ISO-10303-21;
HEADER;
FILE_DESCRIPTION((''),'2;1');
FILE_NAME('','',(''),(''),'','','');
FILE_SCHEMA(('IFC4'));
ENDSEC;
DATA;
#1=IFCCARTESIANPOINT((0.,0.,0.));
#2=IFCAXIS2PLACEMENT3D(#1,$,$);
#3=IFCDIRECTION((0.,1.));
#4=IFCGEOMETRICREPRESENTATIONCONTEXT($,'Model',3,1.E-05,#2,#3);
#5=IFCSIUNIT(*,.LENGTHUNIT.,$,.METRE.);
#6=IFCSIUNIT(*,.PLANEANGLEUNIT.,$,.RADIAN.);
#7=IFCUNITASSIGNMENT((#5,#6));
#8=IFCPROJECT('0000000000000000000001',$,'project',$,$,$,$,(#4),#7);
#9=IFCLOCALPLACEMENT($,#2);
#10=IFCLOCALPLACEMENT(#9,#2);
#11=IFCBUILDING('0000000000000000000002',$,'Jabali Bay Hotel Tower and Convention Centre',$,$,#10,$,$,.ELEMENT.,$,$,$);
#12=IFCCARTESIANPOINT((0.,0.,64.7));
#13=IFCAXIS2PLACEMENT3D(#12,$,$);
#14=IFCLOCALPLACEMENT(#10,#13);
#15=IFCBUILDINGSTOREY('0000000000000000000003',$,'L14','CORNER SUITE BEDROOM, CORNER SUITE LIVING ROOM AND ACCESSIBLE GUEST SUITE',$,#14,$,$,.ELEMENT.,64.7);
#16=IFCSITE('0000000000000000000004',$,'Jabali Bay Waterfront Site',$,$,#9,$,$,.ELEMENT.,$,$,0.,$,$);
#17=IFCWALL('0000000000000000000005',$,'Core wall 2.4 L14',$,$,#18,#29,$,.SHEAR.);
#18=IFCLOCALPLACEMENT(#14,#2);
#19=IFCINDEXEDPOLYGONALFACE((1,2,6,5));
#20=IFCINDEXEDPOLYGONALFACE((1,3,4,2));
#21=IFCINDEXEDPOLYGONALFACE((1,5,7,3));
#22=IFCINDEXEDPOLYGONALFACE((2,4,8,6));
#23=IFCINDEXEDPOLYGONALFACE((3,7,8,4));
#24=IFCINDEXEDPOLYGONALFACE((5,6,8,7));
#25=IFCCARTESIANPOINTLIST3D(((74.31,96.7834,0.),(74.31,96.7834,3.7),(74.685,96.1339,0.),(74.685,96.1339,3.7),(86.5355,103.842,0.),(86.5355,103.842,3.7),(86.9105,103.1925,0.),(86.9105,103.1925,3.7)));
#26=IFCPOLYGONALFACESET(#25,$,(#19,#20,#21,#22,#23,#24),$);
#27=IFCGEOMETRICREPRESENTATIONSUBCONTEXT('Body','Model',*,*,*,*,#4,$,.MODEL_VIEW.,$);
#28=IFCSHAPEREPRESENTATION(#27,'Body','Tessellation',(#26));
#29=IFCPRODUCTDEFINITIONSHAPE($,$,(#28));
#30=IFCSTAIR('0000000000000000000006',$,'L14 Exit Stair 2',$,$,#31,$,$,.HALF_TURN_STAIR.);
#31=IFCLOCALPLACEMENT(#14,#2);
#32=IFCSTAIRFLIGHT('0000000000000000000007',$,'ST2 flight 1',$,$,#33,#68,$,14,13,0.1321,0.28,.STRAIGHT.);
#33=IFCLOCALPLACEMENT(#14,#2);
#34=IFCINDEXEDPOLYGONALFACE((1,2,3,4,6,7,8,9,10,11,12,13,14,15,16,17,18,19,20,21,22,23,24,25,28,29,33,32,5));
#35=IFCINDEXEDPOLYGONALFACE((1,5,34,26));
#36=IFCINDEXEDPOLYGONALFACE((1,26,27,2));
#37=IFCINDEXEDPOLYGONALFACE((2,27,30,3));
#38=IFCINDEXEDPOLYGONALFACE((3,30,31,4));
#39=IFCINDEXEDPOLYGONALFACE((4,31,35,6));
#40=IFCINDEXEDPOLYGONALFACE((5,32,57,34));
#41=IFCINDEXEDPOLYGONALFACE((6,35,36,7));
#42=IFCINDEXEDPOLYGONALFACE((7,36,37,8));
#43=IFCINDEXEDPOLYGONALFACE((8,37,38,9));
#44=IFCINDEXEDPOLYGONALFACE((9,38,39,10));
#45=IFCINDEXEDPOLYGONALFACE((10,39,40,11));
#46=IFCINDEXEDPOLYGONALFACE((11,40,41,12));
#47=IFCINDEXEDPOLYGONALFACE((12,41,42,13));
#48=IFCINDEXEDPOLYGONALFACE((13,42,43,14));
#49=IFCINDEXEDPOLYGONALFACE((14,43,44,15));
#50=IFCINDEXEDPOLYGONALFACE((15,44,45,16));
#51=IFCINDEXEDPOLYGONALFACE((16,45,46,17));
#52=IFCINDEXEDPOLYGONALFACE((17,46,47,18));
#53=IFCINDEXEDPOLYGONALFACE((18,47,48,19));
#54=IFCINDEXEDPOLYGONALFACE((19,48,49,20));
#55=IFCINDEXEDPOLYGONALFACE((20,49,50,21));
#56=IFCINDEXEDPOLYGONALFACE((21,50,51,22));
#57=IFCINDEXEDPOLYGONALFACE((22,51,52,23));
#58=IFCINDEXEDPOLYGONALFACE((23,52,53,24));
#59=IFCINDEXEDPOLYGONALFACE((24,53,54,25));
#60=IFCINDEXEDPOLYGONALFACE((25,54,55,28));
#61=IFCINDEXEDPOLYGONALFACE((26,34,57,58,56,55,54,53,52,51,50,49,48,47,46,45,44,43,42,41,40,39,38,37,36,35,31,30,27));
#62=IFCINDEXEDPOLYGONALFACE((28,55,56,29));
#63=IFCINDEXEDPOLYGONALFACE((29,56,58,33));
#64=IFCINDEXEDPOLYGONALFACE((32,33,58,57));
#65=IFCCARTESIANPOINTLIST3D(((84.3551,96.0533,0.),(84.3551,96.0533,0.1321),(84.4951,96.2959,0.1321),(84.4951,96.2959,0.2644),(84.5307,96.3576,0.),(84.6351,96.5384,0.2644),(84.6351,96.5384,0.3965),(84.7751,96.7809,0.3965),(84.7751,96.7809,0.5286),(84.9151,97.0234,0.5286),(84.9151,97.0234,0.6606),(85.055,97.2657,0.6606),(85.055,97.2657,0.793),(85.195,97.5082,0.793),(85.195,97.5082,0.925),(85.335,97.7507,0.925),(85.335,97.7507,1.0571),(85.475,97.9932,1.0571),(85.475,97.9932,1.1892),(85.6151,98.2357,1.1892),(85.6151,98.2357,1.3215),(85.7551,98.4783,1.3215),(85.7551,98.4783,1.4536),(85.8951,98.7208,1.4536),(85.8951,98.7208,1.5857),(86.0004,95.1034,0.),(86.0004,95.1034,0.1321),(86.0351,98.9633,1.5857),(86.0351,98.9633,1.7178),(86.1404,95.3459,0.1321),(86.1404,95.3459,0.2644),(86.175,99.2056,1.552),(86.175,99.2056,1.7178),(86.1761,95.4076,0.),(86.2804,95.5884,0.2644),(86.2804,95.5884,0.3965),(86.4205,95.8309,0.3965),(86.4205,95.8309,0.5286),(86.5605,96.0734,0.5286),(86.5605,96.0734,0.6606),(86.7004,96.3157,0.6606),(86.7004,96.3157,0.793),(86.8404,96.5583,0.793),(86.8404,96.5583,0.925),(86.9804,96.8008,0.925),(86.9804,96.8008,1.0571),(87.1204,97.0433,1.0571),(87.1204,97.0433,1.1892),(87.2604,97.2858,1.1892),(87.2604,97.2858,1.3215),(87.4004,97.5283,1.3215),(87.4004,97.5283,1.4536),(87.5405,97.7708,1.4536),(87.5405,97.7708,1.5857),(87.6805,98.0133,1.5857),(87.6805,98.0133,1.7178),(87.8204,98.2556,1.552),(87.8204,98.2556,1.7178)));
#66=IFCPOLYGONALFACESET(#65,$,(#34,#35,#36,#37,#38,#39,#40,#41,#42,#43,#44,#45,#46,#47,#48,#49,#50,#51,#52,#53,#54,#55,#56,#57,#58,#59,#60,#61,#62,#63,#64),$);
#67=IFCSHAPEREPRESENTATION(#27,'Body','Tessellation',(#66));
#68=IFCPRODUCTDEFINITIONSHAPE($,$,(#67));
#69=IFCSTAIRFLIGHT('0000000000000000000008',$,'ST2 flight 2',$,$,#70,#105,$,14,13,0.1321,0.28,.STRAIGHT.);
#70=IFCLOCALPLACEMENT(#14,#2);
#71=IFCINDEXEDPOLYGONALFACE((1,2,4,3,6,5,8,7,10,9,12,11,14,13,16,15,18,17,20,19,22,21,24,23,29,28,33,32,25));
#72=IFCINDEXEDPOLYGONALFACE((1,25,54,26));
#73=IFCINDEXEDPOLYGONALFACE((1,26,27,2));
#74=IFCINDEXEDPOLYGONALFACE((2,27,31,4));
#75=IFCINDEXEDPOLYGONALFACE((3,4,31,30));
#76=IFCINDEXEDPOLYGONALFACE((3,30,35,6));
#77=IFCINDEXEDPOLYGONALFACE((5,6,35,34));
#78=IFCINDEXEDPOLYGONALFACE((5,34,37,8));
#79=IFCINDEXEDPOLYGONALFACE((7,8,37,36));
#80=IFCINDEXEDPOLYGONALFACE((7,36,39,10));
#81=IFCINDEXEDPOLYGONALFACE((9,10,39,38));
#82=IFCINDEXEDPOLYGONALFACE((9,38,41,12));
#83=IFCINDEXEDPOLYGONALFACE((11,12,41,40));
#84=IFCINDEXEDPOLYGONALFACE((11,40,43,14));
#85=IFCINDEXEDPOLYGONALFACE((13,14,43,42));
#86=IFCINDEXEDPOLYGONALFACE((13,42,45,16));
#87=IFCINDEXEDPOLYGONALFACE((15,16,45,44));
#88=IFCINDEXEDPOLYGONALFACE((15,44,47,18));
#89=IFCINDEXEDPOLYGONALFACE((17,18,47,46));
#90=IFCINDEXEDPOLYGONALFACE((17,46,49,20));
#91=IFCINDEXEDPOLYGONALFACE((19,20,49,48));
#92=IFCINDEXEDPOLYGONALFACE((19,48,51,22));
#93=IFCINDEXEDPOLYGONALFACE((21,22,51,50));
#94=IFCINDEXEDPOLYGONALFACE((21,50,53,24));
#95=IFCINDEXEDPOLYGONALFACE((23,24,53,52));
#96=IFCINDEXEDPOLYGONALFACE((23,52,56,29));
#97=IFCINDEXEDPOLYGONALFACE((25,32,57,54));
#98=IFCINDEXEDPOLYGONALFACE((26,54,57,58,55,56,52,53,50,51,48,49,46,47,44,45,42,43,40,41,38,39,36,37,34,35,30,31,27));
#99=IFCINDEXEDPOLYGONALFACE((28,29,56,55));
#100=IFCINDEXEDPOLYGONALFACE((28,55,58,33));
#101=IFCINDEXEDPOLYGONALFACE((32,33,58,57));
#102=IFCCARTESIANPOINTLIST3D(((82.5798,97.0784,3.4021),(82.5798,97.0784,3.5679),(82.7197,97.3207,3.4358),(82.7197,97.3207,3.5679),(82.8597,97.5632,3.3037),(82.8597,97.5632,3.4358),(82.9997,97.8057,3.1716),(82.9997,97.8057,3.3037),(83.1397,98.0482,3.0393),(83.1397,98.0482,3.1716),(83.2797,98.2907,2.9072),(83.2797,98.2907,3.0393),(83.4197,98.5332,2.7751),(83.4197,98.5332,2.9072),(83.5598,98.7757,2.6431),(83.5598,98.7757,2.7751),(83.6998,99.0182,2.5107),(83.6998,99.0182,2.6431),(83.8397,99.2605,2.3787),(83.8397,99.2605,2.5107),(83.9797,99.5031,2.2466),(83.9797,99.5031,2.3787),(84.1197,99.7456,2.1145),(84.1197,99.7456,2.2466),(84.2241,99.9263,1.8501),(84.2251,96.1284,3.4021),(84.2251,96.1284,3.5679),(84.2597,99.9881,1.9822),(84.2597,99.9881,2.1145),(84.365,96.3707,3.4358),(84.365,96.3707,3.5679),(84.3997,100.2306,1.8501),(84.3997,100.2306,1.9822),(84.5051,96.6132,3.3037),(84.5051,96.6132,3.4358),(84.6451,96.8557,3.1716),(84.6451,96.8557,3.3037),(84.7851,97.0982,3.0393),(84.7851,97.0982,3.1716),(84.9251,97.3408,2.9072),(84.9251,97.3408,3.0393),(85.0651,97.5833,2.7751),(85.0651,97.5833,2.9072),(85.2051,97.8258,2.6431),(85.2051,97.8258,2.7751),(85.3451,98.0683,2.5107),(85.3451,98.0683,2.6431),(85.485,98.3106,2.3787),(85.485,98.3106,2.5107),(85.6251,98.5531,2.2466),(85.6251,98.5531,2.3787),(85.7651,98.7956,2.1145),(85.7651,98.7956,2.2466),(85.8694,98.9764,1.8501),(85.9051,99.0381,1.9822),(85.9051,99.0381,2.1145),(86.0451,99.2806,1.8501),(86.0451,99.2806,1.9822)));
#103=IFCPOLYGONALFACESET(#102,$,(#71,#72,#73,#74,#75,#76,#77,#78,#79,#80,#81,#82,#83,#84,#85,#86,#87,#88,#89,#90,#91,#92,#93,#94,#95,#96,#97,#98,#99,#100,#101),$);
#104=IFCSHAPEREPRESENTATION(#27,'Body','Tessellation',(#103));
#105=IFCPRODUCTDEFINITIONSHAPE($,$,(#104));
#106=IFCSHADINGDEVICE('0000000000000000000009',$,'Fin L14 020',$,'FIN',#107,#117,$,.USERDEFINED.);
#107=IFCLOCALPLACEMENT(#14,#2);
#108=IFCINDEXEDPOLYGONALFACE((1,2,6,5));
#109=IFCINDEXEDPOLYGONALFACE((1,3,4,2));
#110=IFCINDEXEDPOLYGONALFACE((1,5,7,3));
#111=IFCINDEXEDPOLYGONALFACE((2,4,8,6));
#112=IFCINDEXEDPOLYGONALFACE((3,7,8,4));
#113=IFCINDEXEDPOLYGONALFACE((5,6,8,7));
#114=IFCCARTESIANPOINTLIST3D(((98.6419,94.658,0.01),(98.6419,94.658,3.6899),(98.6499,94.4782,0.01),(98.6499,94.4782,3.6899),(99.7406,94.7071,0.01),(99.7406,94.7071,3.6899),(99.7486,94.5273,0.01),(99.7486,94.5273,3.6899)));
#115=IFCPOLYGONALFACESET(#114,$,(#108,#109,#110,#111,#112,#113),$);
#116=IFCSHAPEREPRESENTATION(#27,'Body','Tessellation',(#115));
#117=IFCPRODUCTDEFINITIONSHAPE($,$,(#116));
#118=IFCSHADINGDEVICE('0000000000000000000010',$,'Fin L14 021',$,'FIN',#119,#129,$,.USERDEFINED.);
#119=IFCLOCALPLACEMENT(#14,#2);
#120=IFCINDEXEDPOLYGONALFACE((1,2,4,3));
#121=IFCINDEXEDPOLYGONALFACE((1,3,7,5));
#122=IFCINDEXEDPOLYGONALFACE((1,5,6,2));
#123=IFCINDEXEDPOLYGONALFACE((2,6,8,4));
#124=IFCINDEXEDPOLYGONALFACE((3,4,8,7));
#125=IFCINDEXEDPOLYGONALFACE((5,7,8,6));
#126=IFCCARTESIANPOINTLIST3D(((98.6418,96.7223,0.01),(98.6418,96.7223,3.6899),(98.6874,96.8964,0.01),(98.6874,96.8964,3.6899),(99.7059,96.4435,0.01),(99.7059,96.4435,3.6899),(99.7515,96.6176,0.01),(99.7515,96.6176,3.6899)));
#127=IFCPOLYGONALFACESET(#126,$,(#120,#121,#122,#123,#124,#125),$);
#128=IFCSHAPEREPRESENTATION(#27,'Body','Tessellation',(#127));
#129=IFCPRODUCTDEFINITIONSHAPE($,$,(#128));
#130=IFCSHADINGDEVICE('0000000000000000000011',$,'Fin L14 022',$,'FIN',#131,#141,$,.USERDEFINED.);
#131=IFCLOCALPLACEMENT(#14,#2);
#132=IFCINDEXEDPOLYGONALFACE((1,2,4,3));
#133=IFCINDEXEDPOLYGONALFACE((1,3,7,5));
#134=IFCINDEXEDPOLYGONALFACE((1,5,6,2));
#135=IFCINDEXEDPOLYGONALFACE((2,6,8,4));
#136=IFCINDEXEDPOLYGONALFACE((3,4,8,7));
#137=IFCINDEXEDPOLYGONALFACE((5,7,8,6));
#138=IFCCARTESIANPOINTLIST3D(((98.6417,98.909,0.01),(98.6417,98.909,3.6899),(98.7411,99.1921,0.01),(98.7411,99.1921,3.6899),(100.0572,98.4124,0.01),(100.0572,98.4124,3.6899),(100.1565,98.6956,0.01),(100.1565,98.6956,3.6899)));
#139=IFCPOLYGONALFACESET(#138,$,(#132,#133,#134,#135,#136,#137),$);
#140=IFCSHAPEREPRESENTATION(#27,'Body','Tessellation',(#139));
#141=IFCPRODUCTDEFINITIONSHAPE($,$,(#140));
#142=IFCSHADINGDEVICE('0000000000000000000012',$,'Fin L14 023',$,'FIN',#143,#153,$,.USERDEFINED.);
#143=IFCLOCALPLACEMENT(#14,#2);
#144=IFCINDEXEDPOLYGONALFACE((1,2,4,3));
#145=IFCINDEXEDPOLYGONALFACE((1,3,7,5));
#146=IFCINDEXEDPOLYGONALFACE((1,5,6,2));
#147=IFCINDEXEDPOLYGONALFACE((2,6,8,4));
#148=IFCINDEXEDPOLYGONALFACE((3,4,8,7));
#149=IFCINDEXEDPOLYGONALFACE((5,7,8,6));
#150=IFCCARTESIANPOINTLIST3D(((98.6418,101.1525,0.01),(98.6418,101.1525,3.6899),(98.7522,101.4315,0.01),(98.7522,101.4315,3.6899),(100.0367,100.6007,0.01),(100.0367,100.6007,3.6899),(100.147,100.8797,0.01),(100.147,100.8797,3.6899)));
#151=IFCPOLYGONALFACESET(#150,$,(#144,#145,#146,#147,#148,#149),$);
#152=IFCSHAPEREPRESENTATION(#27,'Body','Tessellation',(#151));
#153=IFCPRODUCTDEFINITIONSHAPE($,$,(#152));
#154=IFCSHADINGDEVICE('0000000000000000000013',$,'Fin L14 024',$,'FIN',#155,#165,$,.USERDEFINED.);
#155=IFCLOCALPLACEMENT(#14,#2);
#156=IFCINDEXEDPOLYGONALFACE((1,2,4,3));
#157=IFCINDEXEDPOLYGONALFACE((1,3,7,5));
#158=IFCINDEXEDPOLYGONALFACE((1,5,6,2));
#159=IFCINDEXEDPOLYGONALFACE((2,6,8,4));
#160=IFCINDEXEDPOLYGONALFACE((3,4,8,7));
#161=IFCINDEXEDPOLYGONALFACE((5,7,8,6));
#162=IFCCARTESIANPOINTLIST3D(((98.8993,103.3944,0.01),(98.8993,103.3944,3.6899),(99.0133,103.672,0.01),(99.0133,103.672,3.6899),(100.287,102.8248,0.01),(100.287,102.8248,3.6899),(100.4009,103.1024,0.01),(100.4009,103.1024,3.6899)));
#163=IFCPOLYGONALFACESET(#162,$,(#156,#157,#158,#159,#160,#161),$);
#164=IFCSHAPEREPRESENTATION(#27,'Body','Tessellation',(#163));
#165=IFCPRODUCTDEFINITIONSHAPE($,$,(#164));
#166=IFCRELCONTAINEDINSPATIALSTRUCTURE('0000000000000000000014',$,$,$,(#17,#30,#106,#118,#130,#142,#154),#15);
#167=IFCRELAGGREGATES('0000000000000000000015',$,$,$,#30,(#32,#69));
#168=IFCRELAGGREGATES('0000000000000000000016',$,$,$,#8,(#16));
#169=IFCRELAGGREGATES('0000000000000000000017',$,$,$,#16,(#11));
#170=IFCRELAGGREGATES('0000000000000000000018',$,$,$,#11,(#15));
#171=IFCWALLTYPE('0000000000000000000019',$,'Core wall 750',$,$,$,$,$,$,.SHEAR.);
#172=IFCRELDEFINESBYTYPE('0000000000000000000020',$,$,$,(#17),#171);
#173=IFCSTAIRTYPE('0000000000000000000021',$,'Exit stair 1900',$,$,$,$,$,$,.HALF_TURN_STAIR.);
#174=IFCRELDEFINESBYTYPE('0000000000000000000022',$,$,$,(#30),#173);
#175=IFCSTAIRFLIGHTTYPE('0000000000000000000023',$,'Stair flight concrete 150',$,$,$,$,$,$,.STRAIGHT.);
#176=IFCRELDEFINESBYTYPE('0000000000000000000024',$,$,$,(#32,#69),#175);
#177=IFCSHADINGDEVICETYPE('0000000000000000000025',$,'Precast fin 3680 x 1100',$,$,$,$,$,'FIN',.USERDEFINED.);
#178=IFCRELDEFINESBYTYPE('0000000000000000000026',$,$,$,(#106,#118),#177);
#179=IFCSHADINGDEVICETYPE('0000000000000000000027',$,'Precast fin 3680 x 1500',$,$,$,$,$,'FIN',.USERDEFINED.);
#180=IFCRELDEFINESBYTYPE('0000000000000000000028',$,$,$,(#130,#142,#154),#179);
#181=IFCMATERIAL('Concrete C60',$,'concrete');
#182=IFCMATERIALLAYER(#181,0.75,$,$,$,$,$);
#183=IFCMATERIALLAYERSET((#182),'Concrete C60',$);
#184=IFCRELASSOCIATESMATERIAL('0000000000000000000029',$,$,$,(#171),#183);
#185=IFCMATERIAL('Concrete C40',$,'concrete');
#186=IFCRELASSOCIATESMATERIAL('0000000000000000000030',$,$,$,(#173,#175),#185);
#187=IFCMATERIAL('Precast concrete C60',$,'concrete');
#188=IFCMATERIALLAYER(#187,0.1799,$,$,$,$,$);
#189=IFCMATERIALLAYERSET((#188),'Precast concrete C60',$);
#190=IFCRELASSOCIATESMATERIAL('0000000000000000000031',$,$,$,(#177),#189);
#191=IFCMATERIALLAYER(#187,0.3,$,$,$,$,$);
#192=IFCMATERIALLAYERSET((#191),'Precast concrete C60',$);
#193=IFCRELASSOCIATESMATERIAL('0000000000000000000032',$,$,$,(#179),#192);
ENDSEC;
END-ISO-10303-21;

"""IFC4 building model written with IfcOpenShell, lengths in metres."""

from ifc_helpers import new_model, si_unit, direction, frame, frame_2d, origin, place, context, subcontext, project, spatial, polyline, rectangle, outline, extrude, material, layer, layer_set, type_object, element, aggregate, save


model = new_model("IFC4")

# Units and contexts
model_context = context("Model", 3, precision=1e-05, world=origin(), true_north=direction((0.0, 1.0)))
body_context = subcontext(model_context, "Body", "Model", "MODEL_VIEW")
ifc_project = project(units=[si_unit("LENGTHUNIT", "METRE"), si_unit("PLANEANGLEUNIT", "RADIAN")], contexts=[model_context])

# Site, building, storey
site_placement = place(None, origin())
site = spatial("IfcSite", under=ifc_project, at=site_placement, Name="Jabali Bay Waterfront Site", CompositionType="ELEMENT", RefElevation=0.0)
building_placement = place(site_placement, origin())
building = spatial("IfcBuilding", under=site, at=building_placement, Name="Jabali Bay Hotel Tower and Convention Centre", CompositionType="ELEMENT")
storey_placement = place(building_placement, frame((0.0, 0.0, 64.7)))
storey = spatial("IfcBuildingStorey", under=building, at=storey_placement, Name="L14", Description="CORNER SUITE BEDROOM, CORNER SUITE LIVING ROOM AND ACCESSIBLE GUEST SUITE", CompositionType="ELEMENT", Elevation=64.7)

# Shared definitions
ifc_material_1 = material(Name="Concrete C40", Category="concrete")

# Wall
ifc_material_2 = material(Name="Concrete C60", Category="concrete")
ifc_layer_1 = layer(ifc_material_2, 0.75)
ifc_layer_set_1 = layer_set([ifc_layer_1], Name="Concrete C60")
wall_type_1 = type_object("IfcWallType", Name="Core wall 750", PredefinedType="SHEAR", material=ifc_layer_set_1)
wall_1_placement = place(storey_placement, frame((86.7231, 103.5173, 0.0), z_axis=(0.0, 0.0, 1.0), x_axis=(-0.866021, -0.500008, 0.0)))
element("IfcWall", 1, at=wall_1_placement, inside=storey, type_object=wall_type_1, Name="Core wall 2.4 L14", PredefinedType="SHEAR", context=body_context, shape_type="SweptSolid", body=[
    extrude(rectangle(XDim=14.1169, YDim=0.75, at=frame_2d((7.0586, 0.0))), origin(), (0.0, 0.0, 1.0), 3.7),
])

# Stair, stair flights
stair_type = type_object("IfcStairType", Name="Exit stair 1900", PredefinedType="HALF_TURN_STAIR", material=ifc_material_1)
stair_placement = place(storey_placement, origin())
stair = element("IfcStair", 2, at=stair_placement, inside=storey, type_object=stair_type, Name="L14 Exit Stair 2", PredefinedType="HALF_TURN_STAIR")
stair_flight_type = type_object("IfcStairFlightType", Name="Stair flight concrete 150", PredefinedType="STRAIGHT", material=ifc_material_1)
stair_flight_1_placement = place(storey_placement, frame((85.1777, 95.5784, 0.0), z_axis=(0.0, 0.0, 1.0), x_axis=(0.5, 0.866025, 0.0)))
stair_flight_1 = element("IfcStairFlight", 3, at=stair_flight_1_placement, type_object=stair_flight_type, Name="ST2 flight 1", NumberOfRisers=14, NumberOfTreads=13, PredefinedType="STRAIGHT", RiserHeight=0.1321, TreadLength=0.28, context=body_context, shape_type="SweptSolid", body=[
    extrude(outline(polyline([(0.0, 0.0), (0.0, 0.1321), (0.28, 0.1321), (0.28, 0.2644), (0.5601, 0.2644), (0.5601, 0.3965), (0.8401, 0.3965), (0.8401, 0.5286), (1.1201, 0.5286), (1.1201, 0.6606), (1.3999, 0.6606), (1.3999, 0.793), (1.6799, 0.793), (1.6799, 0.925), (1.96, 0.925), (1.96, 1.0571), (2.24, 1.0571), (2.24, 1.1892), (2.52, 1.1892), (2.52, 1.3215), (2.8, 1.3215), (2.8, 1.4536), (3.0801, 1.4536), (3.0801, 1.5857), (3.3601, 1.5857), (3.3601, 1.7178), (3.6399, 1.7178), (3.6399, 1.8501), (3.6399, 1.552), (0.3513, 0.0), (0.0, 0.0)])), frame((0.0, 0.95, 0.0), z_axis=(0.0, -1.0, 0.0), x_axis=(1.0, 0.0, 0.0)), (0.0, 0.0, 1.0), 1.8999),
])
stair_flight_2_placement = place(storey_placement, frame((85.2224, 99.7556, 1.8501), z_axis=(0.0, 0.0, 1.0), x_axis=(-0.5, -0.866025, 0.0)))
stair_flight_2 = element("IfcStairFlight", 4, at=stair_flight_2_placement, type_object=stair_flight_type, Name="ST2 flight 2", NumberOfRisers=14, NumberOfTreads=13, PredefinedType="STRAIGHT", RiserHeight=0.1321, TreadLength=0.28, context=body_context, shape_type="SweptSolid", body=[
    extrude(outline(polyline([(0.0, 0.0), (0.0, 0.1321), (0.28, 0.1321), (0.28, 0.2644), (0.5601, 0.2644), (0.5601, 0.3965), (0.8401, 0.3965), (0.8401, 0.5286), (1.1201, 0.5286), (1.1201, 0.6606), (1.3999, 0.6606), (1.3999, 0.793), (1.6799, 0.793), (1.6799, 0.925), (1.96, 0.925), (1.96, 1.0571), (2.24, 1.0571), (2.24, 1.1892), (2.52, 1.1892), (2.52, 1.3215), (2.8, 1.3215), (2.8, 1.4536), (3.0801, 1.4536), (3.0801, 1.5857), (3.3601, 1.5857), (3.3601, 1.7178), (3.6399, 1.7178), (3.6399, 1.8501), (3.6399, 1.552), (0.3513, 0.0), (0.0, 0.0)])), frame((0.0, 0.95, 0.0), z_axis=(0.0, -1.0, 0.0), x_axis=(1.0, 0.0, 0.0)), (0.0, 0.0, 1.0), 1.8999),
])
aggregate(stair, [stair_flight_1, stair_flight_2])

# Shading devices
ifc_material_3 = material(Name="Precast concrete C60", Category="concrete")
ifc_layer_2 = layer(ifc_material_3, 0.1799)
ifc_layer_set_2 = layer_set([ifc_layer_2], Name="Precast concrete C60")
shading_device_type_1 = type_object("IfcShadingDeviceType", Name="Precast fin 3680 x 1100", ElementType="FIN", PredefinedType="USERDEFINED", material=ifc_layer_set_2)
shading_device_1_placement = place(storey_placement, frame((98.646, 94.5681, 0.01), z_axis=(0.0, 0.0, 1.0), x_axis=(0.999004, 0.044612, 0.0)))
element("IfcShadingDevice", 5, at=shading_device_1_placement, inside=storey, type_object=shading_device_type_1, Name="Fin L14 020", ObjectType="FIN", PredefinedType="USERDEFINED", context=body_context, shape_type="SweptSolid", body=[
    extrude(rectangle(XDim=1.0999, YDim=0.1799, at=frame_2d((0.5498, 0.0))), origin(), (0.0, 0.0, 1.0), 3.6799),
])
shading_device_2_placement = place(storey_placement, frame((98.6646, 96.8093, 0.01), z_axis=(0.0, 0.0, 1.0), x_axis=(0.967353, -0.253434, 0.0)))
element("IfcShadingDevice", 6, at=shading_device_2_placement, inside=storey, type_object=shading_device_type_1, Name="Fin L14 021", ObjectType="FIN", PredefinedType="USERDEFINED", context=body_context, shape_type="SweptSolid", body=[
    extrude(rectangle(XDim=1.1001, YDim=0.1799, at=frame_2d((0.55, 0.0))), origin(), (0.0, 0.0, 1.0), 3.6799),
])
ifc_layer_3 = layer(ifc_material_3, 0.3)
ifc_layer_set_3 = layer_set([ifc_layer_3], Name="Precast concrete C60")
shading_device_type_2 = type_object("IfcShadingDeviceType", Name="Precast fin 3680 x 1500", ElementType="FIN", PredefinedType="USERDEFINED", material=ifc_layer_set_3)
for number, where, z_axis, x_axis, name in (
    (7, (98.6914, 99.0505, 0.01), (0.0, 0.0, 1.0), (0.94362, -0.331032, 0.0), "Fin L14 022"),
    (8, (98.697, 101.292, 0.01), (0.0, 0.0, 1.0), (0.929884, -0.367852, 0.0), "Fin L14 023"),
    (9, (98.9563, 103.5332, 0.01), (0.0, 0.0, 1.0), (0.925106, -0.37971, 0.0), "Fin L14 024"),
):
    element("IfcShadingDevice", number, at=place(storey_placement, frame(where, z_axis=z_axis, x_axis=x_axis)), inside=storey, type_object=shading_device_type_2, Name=name, ObjectType="FIN", PredefinedType="USERDEFINED", context=body_context, shape_type="SweptSolid", body=[
        extrude(rectangle(XDim=1.5, YDim=0.3, at=frame_2d((0.75, 0.0))), origin(), (0.0, 0.0, 1.0), 3.6799),
    ])

save(model, "model.ifc")
